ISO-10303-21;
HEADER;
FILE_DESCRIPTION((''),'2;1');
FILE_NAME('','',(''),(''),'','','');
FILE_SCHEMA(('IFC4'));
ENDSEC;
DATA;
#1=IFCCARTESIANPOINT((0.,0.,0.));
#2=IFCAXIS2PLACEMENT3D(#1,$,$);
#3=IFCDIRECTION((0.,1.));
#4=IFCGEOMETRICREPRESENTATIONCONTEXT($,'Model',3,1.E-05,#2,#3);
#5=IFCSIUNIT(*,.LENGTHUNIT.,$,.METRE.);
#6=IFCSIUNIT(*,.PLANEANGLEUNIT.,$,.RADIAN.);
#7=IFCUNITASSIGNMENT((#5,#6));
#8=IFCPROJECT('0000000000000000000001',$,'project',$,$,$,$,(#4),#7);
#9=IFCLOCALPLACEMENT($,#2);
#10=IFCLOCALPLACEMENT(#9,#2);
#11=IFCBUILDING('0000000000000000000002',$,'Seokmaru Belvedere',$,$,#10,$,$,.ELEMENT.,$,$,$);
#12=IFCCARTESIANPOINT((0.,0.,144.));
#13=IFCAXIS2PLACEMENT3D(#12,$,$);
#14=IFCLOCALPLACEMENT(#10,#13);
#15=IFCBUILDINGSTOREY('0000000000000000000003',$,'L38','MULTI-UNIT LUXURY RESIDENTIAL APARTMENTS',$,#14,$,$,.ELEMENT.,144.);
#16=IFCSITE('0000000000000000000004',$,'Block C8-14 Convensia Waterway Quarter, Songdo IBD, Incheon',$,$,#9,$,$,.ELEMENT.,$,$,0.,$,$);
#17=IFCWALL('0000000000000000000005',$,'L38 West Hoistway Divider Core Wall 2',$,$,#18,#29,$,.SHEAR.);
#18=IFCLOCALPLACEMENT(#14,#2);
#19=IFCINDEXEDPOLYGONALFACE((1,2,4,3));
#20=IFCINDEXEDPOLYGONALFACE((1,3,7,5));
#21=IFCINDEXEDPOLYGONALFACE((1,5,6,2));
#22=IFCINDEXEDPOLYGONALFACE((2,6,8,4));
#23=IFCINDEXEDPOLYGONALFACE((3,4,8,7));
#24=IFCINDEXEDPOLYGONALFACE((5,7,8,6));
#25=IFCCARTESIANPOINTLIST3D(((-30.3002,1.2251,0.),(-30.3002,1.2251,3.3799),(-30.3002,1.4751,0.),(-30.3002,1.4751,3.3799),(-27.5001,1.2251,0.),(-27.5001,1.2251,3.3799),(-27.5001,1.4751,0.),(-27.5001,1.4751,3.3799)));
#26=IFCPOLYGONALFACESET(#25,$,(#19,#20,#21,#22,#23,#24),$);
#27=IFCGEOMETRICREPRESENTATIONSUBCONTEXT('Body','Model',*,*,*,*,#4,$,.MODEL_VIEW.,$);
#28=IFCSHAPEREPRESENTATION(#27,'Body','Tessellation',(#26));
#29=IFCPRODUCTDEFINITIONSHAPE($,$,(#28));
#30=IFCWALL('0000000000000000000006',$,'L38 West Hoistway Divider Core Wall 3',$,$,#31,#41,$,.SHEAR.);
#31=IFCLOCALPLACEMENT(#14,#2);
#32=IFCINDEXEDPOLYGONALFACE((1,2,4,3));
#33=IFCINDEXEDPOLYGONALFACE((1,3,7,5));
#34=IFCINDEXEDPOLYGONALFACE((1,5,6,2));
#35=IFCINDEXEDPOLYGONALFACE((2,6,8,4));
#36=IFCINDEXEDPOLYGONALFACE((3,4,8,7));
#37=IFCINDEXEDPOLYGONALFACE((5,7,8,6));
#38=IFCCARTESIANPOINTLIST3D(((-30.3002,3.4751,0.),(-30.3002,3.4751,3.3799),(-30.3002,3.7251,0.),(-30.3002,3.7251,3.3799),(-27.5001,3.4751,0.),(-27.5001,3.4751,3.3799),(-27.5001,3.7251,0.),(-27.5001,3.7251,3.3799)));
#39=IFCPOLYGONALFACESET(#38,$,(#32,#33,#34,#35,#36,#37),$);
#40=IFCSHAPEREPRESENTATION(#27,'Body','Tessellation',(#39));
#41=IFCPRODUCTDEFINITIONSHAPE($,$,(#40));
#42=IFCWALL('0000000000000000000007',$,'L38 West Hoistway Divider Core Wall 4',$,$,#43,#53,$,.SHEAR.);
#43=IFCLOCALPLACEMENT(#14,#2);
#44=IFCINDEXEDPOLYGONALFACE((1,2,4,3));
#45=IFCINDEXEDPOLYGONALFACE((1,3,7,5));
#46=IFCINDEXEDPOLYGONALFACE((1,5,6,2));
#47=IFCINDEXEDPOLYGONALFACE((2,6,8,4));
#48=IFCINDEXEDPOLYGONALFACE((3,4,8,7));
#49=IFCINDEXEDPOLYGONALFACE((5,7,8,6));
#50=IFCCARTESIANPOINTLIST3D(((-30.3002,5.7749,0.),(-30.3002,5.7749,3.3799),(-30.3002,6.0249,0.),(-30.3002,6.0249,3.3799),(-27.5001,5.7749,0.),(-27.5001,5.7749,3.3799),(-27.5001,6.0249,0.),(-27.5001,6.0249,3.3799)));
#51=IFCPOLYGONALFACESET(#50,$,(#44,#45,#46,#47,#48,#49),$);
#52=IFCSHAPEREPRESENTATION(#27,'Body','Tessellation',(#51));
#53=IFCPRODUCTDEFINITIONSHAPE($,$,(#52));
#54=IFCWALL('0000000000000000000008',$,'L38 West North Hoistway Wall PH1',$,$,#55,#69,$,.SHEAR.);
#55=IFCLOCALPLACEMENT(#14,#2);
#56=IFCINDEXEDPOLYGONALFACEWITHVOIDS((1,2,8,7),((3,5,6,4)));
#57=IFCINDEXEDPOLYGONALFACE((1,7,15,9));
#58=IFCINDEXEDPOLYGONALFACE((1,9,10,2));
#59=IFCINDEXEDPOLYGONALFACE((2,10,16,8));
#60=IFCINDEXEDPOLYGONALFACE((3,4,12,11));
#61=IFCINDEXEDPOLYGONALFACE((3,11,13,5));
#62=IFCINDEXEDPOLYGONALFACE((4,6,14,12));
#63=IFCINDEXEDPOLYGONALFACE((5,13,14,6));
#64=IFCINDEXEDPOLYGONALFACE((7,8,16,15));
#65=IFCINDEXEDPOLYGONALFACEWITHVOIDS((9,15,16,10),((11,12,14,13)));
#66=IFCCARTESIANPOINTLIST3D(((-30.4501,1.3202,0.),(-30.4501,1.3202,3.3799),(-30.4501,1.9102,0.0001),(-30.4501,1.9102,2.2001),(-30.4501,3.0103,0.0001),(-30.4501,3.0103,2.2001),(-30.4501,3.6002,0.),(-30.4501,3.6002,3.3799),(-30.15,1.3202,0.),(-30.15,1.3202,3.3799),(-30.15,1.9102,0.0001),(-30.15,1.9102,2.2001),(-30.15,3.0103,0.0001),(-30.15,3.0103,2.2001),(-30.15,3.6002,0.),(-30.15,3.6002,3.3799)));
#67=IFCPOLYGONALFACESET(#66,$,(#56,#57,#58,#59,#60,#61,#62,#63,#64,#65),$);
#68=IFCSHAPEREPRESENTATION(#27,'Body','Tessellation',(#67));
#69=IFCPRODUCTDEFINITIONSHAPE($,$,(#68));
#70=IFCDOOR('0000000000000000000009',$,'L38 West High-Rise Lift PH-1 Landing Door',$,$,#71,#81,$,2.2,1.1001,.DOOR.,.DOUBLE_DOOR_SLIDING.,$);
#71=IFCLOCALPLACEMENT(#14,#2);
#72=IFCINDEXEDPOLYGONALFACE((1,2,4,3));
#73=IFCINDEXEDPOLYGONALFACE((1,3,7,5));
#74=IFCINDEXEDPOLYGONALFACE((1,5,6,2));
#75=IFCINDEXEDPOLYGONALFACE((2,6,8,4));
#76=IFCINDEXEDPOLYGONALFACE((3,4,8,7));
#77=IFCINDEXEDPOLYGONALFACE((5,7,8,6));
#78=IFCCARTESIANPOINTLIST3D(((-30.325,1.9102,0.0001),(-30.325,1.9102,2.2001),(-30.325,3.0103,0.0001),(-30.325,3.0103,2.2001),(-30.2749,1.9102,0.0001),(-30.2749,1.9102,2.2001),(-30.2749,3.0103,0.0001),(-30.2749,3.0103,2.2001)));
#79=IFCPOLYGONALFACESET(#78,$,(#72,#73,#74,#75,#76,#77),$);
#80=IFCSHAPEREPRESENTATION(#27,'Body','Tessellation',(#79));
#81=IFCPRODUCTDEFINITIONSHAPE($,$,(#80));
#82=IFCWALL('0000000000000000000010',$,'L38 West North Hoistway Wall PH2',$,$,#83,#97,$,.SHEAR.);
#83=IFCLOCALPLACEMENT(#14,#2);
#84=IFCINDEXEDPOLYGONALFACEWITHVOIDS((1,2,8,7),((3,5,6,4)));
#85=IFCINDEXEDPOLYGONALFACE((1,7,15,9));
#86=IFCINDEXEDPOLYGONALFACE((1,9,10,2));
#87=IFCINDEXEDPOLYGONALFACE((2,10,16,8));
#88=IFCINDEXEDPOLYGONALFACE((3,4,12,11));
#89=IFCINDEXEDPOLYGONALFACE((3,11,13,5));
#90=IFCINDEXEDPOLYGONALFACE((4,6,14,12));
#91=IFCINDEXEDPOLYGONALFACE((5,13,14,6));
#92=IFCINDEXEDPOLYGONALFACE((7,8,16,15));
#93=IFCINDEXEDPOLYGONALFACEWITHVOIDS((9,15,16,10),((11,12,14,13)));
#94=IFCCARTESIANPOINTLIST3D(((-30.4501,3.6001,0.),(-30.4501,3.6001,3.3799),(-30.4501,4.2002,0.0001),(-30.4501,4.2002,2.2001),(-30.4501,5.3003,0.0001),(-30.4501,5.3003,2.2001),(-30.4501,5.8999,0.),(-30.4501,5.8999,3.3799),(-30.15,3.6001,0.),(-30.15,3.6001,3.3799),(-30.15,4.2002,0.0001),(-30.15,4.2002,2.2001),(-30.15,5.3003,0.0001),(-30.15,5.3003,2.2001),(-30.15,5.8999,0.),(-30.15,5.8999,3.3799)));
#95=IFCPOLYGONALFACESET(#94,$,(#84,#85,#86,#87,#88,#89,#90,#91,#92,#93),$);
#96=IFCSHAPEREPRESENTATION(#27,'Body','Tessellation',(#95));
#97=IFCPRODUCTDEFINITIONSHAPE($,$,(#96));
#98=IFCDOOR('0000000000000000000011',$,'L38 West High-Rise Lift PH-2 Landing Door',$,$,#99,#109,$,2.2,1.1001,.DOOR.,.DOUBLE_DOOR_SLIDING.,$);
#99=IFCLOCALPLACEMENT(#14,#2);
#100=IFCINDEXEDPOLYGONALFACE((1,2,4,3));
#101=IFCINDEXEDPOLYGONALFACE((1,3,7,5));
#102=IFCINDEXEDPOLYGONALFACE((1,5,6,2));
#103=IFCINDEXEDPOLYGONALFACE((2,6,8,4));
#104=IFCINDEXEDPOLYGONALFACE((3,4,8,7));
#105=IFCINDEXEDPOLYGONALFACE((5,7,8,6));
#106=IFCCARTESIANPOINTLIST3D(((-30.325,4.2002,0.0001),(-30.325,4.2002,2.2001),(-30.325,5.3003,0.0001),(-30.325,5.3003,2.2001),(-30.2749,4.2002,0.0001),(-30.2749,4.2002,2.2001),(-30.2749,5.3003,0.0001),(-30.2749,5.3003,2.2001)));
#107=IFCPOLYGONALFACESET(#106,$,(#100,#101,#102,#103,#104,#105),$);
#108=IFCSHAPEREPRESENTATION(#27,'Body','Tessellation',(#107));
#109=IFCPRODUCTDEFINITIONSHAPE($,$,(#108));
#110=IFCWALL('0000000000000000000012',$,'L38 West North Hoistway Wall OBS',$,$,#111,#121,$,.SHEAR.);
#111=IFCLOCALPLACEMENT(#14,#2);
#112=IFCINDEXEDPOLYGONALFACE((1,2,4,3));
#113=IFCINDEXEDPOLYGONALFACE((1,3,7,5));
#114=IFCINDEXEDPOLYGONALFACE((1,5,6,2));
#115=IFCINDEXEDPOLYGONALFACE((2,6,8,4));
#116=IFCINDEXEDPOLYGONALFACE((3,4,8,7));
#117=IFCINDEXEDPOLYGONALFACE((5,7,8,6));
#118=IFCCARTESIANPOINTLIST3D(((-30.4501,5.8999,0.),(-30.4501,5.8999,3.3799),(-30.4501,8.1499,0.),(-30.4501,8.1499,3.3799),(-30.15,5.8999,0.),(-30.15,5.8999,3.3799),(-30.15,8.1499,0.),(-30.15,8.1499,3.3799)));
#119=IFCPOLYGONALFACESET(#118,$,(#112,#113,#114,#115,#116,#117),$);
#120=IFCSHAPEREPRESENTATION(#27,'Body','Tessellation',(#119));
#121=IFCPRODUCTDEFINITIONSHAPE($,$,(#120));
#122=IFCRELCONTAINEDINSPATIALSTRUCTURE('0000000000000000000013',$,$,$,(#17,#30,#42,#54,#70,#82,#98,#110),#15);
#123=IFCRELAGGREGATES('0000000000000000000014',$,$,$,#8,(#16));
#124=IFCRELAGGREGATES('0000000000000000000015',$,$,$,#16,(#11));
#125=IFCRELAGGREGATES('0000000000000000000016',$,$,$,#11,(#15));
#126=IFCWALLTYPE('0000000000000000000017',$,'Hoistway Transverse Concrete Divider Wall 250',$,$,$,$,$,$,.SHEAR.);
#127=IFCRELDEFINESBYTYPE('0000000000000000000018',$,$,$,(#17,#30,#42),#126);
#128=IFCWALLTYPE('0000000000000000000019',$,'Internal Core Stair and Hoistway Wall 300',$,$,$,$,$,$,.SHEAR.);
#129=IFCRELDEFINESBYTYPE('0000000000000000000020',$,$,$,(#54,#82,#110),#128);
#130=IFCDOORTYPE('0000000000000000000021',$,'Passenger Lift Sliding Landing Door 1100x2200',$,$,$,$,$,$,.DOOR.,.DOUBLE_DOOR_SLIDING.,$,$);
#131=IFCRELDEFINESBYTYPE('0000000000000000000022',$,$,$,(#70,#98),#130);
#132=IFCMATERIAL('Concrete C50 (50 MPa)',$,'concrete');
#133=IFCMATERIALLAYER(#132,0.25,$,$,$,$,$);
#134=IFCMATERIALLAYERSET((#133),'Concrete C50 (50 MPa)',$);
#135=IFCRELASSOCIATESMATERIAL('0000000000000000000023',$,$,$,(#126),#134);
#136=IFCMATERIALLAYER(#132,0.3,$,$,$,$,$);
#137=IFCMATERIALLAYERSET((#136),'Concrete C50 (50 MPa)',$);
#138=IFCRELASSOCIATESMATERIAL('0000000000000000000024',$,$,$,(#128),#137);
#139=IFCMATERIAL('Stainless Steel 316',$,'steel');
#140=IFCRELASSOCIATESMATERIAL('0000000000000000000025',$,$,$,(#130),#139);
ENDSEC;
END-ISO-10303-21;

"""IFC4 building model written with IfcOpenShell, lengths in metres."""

from ifc_helpers import new_model, si_unit, direction, frame, frame_2d, origin, place, context, subcontext, project, spatial, rectangle, extrude, source, transform, mapped, material, layer, layer_set, type_object, type_shapes, element, fill, save


model = new_model("IFC4")

# Units and contexts
model_context = context("Model", 3, precision=1e-05, world=origin(), true_north=direction((0.0, 1.0)))
body_context = subcontext(model_context, "Body", "Model", "MODEL_VIEW")
ifc_project = project(units=[si_unit("LENGTHUNIT", "METRE"), si_unit("PLANEANGLEUNIT", "RADIAN")], contexts=[model_context])

# Site, building, storey
site_placement = place(None, origin())
site = spatial("IfcSite", under=ifc_project, at=site_placement, Name="Block C8-14 Convensia Waterway Quarter, Songdo IBD, Incheon", CompositionType="ELEMENT", RefElevation=0.0)
building_placement = place(site_placement, origin())
building = spatial("IfcBuilding", under=site, at=building_placement, Name="Seokmaru Belvedere", CompositionType="ELEMENT")
storey_placement = place(building_placement, frame((0.0, 0.0, 144.0)))
storey = spatial("IfcBuildingStorey", under=building, at=storey_placement, Name="L38", Description="MULTI-UNIT LUXURY RESIDENTIAL APARTMENTS", CompositionType="ELEMENT", Elevation=144.0)

# Walls
ifc_material_1 = material(Name="Concrete C50 (50 MPa)", Category="concrete")
ifc_layer_1 = layer(ifc_material_1, 0.25)
ifc_layer_set_1 = layer_set([ifc_layer_1], Name="Concrete C50 (50 MPa)")
wall_type_1 = type_object("IfcWallType", Name="Hoistway Transverse Concrete Divider Wall 250", PredefinedType="SHEAR", material=ifc_layer_set_1)
for number, where, z_axis, x_axis, name in (
    (1, (-30.3, 1.3501, 0.0), (0.0, 0.0, 1.0), (1.0, 0.0, 0.0), "L38 West Hoistway Divider Core Wall 2"),
    (2, (-30.3, 3.6001, 0.0), (0.0, 0.0, 1.0), (1.0, 0.0, 0.0), "L38 West Hoistway Divider Core Wall 3"),
    (3, (-30.3, 5.8999, 0.0), (0.0, 0.0, 1.0), (1.0, 0.0, 0.0), "L38 West Hoistway Divider Core Wall 4"),
):
    element("IfcWall", number, at=place(storey_placement, frame(where, z_axis=z_axis, x_axis=x_axis)), inside=storey, type_object=wall_type_1, Name=name, PredefinedType="SHEAR", context=body_context, shape_type="SweptSolid", body=[
        extrude(rectangle(XDim=2.8, YDim=0.25, at=frame_2d((1.3999, 0.0))), origin(), (0.0, 0.0, 1.0), 3.3799),
    ])

# Walls, openings, doors
ifc_layer_2 = layer(ifc_material_1, 0.3)
ifc_layer_set_2 = layer_set([ifc_layer_2], Name="Concrete C50 (50 MPa)")
wall_type_2 = type_object("IfcWallType", Name="Internal Core Stair and Hoistway Wall 300", PredefinedType="SHEAR", material=ifc_layer_set_2)
wall_1_placement = place(storey_placement, frame((-30.3, 1.3201, 0.0), z_axis=(0.0, 0.0, 1.0), x_axis=(0.0, 1.0, 0.0)))
wall_1 = element("IfcWall", 4, at=wall_1_placement, inside=storey, type_object=wall_type_2, Name="L38 West North Hoistway Wall PH1", PredefinedType="SHEAR", context=body_context, shape_type="SweptSolid", body=[
    extrude(rectangle(XDim=2.28, YDim=0.3, at=frame_2d((1.1401, 0.0))), origin(), (0.0, 0.0, 1.0), 3.3799),
])
opening_1_placement = place(wall_1_placement, frame((0.5901, 0.0, 0.0)))
opening_1 = element("IfcOpeningElement", 5, at=opening_1_placement, cuts=wall_1, PredefinedType="OPENING", context=body_context, shape_type="SweptSolid", body=[
    extrude(rectangle(XDim=1.1001, YDim=2.2, at=frame_2d((0.55, 1.1001))), frame((0.0, 0.1602, 0.0), z_axis=(0.0, -1.0, 0.0), x_axis=(1.0, 0.0, 0.0)), (0.0, 0.0, 1.0), 0.3201),
])
ifc_material_2 = material(Name="Stainless Steel 316", Category="steel")
door_type_1 = type_object("IfcDoorType", Name="Passenger Lift Sliding Landing Door 1100x2200", OperationType="DOUBLE_DOOR_SLIDING", PredefinedType="DOOR", material=ifc_material_2)
shared_shape_1 = source(origin(), body_context, "Body", "SweptSolid", [
    extrude(rectangle(XDim=1.1001, YDim=2.2, at=frame_2d((0.55, 1.1001))), frame((0.0, 0.0249, 0.0), z_axis=(0.0, -1.0, 0.0), x_axis=(1.0, 0.0, 0.0)), (0.0, 0.0, 1.0), 0.05),
])
type_shapes(door_type_1, [shared_shape_1])
door_1_placement = place(opening_1_placement, origin())
door_1 = element("IfcDoor", 6, at=door_1_placement, inside=storey, type_object=door_type_1, Name="L38 West High-Rise Lift PH-1 Landing Door", OperationType="DOUBLE_DOOR_SLIDING", OverallHeight=2.2, OverallWidth=1.1001, PredefinedType="DOOR", context=body_context, shape_type="MappedRepresentation", body=[
    mapped(shared_shape_1, transform((0.0, 0.0, 0.0), scale=1.0)),
])
fill(opening_1, door_1)
wall_2_placement = place(storey_placement, frame((-30.3, 3.6001, 0.0), z_axis=(0.0, 0.0, 1.0), x_axis=(0.0, 1.0, 0.0)))
wall_2 = element("IfcWall", 7, at=wall_2_placement, inside=storey, type_object=wall_type_2, Name="L38 West North Hoistway Wall PH2", PredefinedType="SHEAR", context=body_context, shape_type="SweptSolid", body=[
    extrude(rectangle(XDim=2.2998, YDim=0.3, at=frame_2d((1.1499, 0.0))), origin(), (0.0, 0.0, 1.0), 3.3799),
])
opening_2_placement = place(wall_2_placement, frame((0.6001, 0.0, 0.0)))
opening_2 = element("IfcOpeningElement", 8, at=opening_2_placement, cuts=wall_2, PredefinedType="OPENING", context=body_context, shape_type="SweptSolid", body=[
    extrude(rectangle(XDim=1.1001, YDim=2.2, at=frame_2d((0.55, 1.1001))), frame((0.0, 0.1602, 0.0), z_axis=(0.0, -1.0, 0.0), x_axis=(1.0, 0.0, 0.0)), (0.0, 0.0, 1.0), 0.3201),
])
door_2_placement = place(opening_2_placement, origin())
door_2 = element("IfcDoor", 9, at=door_2_placement, inside=storey, type_object=door_type_1, Name="L38 West High-Rise Lift PH-2 Landing Door", OperationType="DOUBLE_DOOR_SLIDING", OverallHeight=2.2, OverallWidth=1.1001, PredefinedType="DOOR", context=body_context, shape_type="MappedRepresentation", body=[
    mapped(shared_shape_1, transform((0.0, 0.0, 0.0), scale=1.0)),
])
fill(opening_2, door_2)

# Wall
wall_3_placement = place(storey_placement, frame((-30.3, 5.8999, 0.0), z_axis=(0.0, 0.0, 1.0), x_axis=(0.0, 1.0, 0.0)))
element("IfcWall", 10, at=wall_3_placement, inside=storey, type_object=wall_type_2, Name="L38 West North Hoistway Wall OBS", PredefinedType="SHEAR", context=body_context, shape_type="SweptSolid", body=[
    extrude(rectangle(XDim=2.25, YDim=0.3, at=frame_2d((1.125, 0.0))), origin(), (0.0, 0.0, 1.0), 3.3799),
])

save(model, "model.ifc")
